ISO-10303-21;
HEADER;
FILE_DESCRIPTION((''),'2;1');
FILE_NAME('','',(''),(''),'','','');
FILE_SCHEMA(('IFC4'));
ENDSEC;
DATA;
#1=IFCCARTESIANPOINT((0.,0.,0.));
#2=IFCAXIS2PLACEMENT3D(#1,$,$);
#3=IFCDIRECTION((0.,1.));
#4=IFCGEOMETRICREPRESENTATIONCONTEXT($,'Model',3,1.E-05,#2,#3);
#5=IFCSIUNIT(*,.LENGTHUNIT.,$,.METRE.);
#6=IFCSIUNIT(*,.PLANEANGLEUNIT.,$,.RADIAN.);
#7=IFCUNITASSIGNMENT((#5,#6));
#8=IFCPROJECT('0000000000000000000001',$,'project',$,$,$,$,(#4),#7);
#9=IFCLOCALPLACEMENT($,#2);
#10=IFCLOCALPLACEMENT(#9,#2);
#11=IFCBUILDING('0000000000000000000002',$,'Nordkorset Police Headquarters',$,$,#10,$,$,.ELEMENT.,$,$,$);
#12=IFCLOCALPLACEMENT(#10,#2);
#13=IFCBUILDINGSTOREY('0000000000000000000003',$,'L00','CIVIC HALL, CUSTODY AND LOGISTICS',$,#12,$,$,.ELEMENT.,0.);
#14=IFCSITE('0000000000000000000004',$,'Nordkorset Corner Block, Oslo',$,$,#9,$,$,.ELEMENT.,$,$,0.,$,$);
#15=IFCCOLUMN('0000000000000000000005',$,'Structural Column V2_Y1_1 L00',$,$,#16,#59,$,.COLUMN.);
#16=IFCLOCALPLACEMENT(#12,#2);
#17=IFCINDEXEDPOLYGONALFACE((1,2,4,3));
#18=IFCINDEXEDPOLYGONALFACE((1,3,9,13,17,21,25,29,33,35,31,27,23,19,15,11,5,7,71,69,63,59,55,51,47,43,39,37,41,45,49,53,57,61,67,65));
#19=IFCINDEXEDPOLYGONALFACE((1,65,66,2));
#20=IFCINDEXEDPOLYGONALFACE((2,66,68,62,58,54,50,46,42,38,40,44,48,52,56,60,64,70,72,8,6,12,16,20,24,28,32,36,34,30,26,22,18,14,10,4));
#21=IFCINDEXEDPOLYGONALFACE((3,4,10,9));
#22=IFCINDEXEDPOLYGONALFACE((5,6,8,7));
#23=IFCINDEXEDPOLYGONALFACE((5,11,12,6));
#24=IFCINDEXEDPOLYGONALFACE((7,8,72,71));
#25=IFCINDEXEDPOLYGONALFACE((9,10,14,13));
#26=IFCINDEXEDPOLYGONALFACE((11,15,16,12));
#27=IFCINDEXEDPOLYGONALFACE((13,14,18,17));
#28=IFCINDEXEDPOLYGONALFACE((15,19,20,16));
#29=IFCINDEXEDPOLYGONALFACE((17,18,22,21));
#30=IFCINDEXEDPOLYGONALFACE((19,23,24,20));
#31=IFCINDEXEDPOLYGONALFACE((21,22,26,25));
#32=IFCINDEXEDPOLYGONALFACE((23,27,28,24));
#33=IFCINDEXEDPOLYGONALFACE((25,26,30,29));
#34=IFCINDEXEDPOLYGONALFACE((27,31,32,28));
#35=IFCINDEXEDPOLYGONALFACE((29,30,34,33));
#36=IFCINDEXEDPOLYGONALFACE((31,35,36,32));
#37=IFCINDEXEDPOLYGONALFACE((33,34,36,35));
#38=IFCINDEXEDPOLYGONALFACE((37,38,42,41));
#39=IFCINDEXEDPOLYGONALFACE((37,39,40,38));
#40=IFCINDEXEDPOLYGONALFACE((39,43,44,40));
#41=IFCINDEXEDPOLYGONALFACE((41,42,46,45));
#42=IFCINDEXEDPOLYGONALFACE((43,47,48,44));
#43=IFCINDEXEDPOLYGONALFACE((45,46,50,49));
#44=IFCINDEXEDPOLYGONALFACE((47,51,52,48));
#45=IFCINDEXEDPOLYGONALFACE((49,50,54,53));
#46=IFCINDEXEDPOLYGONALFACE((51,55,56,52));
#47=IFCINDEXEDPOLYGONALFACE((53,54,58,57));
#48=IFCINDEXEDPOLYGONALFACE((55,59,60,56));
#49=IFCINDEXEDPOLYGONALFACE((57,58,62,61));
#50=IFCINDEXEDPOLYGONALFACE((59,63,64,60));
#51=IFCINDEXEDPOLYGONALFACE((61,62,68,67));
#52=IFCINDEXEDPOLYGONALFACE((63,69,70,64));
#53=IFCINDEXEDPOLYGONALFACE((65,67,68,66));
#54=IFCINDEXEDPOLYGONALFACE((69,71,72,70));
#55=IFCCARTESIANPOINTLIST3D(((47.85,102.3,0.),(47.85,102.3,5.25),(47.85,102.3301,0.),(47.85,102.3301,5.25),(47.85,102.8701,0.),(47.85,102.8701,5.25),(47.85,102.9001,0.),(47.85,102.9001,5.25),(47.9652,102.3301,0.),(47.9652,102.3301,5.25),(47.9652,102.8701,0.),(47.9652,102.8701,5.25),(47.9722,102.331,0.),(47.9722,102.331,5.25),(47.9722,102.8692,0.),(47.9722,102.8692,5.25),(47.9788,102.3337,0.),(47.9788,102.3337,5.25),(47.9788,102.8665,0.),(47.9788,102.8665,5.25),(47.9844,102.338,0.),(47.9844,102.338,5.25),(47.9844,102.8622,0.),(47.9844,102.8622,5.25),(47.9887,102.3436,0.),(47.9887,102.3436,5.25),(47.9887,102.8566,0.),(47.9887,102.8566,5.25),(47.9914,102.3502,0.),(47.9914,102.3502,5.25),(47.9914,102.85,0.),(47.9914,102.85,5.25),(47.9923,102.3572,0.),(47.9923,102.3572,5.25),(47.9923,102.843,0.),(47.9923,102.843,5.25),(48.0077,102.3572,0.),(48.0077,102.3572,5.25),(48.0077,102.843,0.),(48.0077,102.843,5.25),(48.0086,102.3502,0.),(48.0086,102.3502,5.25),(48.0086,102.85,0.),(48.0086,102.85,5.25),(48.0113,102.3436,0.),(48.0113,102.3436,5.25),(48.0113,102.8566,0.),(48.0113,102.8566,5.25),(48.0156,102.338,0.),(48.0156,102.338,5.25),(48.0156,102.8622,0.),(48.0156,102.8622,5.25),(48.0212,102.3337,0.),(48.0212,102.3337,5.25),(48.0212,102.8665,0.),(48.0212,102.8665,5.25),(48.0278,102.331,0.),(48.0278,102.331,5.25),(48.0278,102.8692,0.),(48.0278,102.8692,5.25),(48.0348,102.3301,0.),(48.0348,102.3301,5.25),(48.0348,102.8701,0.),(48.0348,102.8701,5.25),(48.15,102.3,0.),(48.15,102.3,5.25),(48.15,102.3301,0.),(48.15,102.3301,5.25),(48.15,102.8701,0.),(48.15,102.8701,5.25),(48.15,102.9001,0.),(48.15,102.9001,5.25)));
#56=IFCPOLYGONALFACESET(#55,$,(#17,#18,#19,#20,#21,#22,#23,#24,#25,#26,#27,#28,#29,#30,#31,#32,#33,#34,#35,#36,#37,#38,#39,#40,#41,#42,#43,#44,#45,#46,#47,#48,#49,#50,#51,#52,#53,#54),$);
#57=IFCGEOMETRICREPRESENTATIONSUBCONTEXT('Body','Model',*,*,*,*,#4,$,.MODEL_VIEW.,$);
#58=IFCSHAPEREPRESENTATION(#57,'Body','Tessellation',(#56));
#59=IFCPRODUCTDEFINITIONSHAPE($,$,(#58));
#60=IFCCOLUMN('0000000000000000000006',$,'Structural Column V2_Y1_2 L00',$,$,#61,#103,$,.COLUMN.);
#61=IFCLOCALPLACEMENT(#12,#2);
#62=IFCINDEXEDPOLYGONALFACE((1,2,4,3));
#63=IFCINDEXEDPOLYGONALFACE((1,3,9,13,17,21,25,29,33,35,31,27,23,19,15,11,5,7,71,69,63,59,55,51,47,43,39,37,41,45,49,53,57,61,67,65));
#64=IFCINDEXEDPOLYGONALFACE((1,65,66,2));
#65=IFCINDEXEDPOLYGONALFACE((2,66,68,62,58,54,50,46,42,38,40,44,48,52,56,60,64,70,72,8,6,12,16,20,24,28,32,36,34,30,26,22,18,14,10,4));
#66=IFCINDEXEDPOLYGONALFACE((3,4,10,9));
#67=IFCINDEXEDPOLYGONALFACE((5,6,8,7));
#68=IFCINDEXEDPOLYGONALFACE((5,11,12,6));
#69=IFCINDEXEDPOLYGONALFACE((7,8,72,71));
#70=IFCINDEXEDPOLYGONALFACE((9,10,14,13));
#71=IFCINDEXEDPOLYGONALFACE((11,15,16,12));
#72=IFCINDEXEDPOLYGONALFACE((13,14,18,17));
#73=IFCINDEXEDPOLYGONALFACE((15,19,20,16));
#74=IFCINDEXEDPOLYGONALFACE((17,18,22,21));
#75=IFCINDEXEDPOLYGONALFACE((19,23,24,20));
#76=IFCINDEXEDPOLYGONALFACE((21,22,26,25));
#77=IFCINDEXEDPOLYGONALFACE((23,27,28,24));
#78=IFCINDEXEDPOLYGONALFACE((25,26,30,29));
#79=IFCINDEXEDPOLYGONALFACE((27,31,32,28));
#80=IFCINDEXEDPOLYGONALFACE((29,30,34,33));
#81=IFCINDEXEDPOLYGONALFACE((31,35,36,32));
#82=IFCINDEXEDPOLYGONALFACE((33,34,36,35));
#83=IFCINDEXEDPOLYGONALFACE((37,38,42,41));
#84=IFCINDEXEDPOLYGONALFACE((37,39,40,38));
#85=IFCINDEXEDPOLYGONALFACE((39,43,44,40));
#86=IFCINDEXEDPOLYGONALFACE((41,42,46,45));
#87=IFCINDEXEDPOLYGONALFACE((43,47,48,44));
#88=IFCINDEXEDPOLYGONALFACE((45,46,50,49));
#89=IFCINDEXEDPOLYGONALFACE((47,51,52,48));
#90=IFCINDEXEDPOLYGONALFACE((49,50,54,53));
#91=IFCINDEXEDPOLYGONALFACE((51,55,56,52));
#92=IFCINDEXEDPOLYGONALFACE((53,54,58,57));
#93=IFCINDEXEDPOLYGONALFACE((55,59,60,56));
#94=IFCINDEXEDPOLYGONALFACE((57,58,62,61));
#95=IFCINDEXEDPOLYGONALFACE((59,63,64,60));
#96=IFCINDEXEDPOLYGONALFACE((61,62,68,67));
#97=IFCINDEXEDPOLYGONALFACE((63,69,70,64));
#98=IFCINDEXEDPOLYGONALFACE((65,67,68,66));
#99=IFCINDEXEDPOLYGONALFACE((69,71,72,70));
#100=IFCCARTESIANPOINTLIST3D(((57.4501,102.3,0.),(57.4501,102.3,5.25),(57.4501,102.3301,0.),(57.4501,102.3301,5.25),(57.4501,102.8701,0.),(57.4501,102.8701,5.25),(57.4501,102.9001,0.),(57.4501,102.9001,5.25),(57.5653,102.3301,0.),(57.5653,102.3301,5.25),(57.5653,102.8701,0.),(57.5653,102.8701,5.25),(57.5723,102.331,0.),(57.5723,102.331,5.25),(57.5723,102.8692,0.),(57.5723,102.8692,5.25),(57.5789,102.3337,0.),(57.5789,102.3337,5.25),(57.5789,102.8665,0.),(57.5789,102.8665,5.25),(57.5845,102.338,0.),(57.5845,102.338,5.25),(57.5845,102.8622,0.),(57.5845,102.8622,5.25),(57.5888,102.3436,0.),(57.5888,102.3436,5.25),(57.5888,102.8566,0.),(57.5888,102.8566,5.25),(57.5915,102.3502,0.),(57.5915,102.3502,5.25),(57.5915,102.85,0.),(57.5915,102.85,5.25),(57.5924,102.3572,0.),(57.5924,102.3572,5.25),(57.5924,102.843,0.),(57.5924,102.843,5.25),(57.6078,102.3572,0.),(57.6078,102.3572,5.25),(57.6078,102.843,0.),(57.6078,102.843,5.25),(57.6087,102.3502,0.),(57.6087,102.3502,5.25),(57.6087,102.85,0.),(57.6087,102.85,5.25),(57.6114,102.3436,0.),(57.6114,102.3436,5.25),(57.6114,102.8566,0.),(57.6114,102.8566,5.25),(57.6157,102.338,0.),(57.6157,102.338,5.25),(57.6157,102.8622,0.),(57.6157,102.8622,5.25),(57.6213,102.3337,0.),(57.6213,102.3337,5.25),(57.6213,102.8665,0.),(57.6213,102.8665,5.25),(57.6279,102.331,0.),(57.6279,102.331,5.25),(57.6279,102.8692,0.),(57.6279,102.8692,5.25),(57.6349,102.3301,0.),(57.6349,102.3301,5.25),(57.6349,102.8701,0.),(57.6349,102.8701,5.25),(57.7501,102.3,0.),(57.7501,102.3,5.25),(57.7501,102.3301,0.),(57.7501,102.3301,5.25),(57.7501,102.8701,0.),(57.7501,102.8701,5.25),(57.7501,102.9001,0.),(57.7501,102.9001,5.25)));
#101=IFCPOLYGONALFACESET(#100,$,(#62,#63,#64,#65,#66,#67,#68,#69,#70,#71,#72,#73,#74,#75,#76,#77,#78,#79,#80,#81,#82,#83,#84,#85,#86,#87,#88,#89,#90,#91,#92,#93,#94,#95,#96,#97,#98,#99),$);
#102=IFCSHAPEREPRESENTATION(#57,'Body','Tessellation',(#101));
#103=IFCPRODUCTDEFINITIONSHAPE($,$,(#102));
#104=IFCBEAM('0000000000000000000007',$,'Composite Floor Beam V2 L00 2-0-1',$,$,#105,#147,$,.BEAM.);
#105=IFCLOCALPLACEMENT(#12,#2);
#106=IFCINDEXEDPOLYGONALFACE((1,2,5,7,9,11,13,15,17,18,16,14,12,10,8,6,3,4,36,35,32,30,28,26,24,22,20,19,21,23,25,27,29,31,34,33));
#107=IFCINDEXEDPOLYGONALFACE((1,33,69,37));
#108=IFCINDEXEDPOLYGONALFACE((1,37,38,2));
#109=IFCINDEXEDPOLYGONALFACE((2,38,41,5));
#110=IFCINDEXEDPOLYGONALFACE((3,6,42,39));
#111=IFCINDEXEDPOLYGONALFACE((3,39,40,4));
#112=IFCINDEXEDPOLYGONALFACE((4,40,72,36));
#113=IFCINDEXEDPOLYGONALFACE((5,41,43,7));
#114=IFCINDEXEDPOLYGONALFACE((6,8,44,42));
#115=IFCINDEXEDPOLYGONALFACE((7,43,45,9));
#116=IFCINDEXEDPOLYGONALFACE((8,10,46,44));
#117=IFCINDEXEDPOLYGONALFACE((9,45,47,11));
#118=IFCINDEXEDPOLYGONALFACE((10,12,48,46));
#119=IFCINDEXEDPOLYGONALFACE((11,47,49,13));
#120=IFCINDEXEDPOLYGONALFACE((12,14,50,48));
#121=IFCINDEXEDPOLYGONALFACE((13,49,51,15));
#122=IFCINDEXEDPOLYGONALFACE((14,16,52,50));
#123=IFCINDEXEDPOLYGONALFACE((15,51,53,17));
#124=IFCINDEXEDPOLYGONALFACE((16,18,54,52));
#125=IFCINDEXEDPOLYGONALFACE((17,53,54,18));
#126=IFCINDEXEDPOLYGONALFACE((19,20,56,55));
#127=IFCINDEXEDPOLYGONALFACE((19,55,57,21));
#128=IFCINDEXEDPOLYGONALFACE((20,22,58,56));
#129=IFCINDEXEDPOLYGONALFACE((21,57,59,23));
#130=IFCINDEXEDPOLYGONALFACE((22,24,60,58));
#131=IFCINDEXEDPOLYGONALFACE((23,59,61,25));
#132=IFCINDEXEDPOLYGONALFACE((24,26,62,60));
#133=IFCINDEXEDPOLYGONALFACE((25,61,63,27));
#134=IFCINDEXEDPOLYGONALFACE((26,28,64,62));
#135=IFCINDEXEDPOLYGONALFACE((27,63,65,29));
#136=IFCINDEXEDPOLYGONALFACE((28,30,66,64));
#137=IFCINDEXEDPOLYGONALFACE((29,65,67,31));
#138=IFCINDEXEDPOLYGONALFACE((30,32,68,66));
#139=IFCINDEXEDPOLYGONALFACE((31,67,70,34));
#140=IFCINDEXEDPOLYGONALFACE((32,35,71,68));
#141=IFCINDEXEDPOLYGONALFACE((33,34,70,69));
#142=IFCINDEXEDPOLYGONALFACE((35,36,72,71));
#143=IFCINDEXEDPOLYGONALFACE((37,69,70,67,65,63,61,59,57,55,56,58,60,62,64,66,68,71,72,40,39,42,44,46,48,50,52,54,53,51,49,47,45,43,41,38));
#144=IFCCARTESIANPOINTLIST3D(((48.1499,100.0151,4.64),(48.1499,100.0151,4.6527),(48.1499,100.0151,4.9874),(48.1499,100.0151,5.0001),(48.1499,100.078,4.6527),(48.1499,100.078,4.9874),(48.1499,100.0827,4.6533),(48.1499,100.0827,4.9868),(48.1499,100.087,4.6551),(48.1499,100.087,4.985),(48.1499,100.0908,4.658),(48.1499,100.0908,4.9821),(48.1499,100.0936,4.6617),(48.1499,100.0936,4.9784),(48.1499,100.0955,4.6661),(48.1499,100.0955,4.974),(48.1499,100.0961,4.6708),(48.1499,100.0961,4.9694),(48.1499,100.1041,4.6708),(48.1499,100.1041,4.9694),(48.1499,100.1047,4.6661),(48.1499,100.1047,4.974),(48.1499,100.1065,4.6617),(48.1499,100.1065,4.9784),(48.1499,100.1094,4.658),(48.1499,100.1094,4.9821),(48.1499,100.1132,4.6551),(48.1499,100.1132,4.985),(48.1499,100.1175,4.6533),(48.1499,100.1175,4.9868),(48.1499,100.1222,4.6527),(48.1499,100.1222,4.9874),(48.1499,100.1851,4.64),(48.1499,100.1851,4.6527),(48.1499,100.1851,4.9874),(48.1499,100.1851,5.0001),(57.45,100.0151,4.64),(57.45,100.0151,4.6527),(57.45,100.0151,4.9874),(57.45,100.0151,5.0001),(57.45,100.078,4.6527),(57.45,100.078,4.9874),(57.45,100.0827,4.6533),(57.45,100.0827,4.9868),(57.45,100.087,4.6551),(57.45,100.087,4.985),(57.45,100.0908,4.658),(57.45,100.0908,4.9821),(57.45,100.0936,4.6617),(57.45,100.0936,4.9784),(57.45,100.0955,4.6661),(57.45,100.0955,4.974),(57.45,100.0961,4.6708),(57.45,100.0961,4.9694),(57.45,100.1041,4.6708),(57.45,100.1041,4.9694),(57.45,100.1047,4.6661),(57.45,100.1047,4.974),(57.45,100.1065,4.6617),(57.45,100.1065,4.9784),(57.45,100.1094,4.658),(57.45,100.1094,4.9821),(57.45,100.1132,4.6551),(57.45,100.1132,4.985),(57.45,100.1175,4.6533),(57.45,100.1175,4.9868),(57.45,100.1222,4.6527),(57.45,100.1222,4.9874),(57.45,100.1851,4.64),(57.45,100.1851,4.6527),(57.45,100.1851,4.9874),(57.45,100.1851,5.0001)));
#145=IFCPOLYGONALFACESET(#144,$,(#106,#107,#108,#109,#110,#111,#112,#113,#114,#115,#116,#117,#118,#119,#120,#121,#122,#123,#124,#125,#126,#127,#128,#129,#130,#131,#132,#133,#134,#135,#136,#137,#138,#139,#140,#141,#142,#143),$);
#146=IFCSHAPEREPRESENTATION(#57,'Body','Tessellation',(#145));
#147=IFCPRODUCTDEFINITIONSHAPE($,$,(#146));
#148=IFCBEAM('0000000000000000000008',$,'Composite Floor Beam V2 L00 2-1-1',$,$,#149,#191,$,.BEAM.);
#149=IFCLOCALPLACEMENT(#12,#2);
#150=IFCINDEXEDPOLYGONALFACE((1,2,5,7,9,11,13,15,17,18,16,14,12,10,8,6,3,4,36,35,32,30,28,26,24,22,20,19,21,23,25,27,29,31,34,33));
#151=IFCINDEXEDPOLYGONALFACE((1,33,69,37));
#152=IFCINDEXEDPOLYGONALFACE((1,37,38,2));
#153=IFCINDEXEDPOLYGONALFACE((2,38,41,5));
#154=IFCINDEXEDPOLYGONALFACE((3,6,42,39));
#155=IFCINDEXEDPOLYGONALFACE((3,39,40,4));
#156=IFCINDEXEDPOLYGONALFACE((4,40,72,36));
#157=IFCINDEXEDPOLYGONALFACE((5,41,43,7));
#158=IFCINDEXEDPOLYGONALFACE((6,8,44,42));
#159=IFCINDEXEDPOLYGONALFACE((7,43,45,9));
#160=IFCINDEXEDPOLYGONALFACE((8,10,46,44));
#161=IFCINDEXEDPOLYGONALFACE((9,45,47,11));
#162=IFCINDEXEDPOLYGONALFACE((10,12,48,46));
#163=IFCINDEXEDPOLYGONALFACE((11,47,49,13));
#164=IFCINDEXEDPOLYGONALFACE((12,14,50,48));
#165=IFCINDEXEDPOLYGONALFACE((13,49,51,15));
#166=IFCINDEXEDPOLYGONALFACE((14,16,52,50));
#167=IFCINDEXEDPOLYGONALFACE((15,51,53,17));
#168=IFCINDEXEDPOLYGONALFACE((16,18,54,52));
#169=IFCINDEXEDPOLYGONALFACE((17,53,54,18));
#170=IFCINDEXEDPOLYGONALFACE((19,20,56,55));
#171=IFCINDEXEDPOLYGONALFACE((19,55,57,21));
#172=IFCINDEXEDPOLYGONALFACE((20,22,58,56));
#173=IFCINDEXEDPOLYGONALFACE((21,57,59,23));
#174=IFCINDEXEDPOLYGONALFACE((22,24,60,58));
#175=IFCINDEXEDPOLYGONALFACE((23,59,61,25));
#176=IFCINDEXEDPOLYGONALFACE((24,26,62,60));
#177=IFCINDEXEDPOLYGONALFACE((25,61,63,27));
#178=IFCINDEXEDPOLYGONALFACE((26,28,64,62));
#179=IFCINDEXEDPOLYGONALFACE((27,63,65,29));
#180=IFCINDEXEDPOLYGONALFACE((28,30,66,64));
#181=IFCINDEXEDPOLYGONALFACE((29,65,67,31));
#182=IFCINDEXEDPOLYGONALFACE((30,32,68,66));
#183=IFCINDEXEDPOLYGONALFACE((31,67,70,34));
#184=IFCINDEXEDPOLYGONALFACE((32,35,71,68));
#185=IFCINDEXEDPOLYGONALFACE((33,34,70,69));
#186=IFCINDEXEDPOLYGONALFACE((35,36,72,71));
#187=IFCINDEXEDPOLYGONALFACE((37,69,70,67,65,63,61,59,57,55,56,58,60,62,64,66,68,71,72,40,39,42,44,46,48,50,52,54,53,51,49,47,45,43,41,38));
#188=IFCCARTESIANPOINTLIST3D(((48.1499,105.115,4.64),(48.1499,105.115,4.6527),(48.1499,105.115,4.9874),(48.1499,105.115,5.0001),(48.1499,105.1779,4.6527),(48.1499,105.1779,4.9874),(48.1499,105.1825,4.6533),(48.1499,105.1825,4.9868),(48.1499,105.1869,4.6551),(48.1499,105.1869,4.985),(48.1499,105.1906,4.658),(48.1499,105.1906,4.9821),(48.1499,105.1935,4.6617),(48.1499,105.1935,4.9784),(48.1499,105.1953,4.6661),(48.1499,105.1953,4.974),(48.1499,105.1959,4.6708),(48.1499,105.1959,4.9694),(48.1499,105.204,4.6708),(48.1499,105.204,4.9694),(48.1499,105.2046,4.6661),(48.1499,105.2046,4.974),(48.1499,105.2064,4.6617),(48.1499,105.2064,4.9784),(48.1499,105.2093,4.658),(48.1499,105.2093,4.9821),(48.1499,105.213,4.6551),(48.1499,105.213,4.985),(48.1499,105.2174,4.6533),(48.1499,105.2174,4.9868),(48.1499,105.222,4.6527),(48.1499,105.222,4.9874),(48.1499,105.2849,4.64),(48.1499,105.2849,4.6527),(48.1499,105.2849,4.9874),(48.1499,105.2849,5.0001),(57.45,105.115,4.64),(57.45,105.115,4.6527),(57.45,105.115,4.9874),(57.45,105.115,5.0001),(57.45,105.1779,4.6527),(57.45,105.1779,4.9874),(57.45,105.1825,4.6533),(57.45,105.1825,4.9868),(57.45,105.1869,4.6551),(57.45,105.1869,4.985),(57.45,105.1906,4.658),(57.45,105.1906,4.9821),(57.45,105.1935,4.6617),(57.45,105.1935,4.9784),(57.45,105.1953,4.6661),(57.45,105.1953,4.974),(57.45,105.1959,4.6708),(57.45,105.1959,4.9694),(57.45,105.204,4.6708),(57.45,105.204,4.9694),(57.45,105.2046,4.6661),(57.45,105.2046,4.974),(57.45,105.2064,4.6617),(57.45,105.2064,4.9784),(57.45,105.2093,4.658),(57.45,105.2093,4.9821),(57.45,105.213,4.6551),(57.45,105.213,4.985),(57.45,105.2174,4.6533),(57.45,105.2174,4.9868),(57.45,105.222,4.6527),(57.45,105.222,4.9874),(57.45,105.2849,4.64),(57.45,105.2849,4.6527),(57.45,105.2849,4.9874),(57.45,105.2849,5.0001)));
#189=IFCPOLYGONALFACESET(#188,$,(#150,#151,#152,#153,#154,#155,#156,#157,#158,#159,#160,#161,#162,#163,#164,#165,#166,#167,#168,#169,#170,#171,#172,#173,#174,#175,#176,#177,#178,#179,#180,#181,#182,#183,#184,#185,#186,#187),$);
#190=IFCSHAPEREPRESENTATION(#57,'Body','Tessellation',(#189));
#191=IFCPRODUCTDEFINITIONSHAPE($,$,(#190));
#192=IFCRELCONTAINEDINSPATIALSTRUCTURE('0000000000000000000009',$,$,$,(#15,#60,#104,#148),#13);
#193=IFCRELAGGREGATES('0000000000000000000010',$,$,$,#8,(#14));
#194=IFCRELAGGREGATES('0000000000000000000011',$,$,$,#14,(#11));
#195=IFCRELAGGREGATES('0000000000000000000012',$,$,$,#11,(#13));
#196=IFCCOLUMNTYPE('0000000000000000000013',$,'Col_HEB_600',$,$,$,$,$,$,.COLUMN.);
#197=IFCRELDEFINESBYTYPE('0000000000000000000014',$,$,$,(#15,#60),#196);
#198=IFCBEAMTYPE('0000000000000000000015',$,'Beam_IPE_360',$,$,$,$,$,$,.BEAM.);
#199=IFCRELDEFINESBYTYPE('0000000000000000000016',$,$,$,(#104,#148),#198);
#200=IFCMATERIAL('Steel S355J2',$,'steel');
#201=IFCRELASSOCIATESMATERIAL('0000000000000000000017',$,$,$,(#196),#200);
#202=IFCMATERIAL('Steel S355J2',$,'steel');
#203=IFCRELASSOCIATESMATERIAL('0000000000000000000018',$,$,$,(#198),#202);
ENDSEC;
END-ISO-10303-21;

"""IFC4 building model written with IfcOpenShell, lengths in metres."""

from ifc_helpers import new_model, si_unit, direction, frame, origin, origin_2d, place, context, subcontext, project, spatial, i_section, extrude, material, material_profile, profile_set, type_object, element, save


model = new_model("IFC4")

# Units and contexts
model_context = context("Model", 3, precision=1e-05, world=origin(), true_north=direction((0.0, 1.0)))
body_context = subcontext(model_context, "Body", "Model", "MODEL_VIEW")
ifc_project = project(units=[si_unit("LENGTHUNIT", "METRE"), si_unit("PLANEANGLEUNIT", "RADIAN")], contexts=[model_context])

# Site, building, storey
site_placement = place(None, origin())
site = spatial("IfcSite", under=ifc_project, at=site_placement, Name="Nordkorset Corner Block, Oslo", CompositionType="ELEMENT", RefElevation=0.0)
building_placement = place(site_placement, origin())
building = spatial("IfcBuilding", under=site, at=building_placement, Name="Nordkorset Police Headquarters", CompositionType="ELEMENT")
storey_placement = place(building_placement, origin())
storey = spatial("IfcBuildingStorey", under=building, at=storey_placement, Name="L00", Description="CIVIC HALL, CUSTODY AND LOGISTICS", CompositionType="ELEMENT", Elevation=0.0)

# Columns
ifc_material_1 = material(Name="Steel S355J2", Category="steel")
ifc_material_profile_1 = material_profile(ifc_material_1, i_section(OverallWidth=0.3, OverallDepth=0.6001, WebThickness=0.0154, FlangeThickness=0.03, FilletRadius=0.0271, at=origin_2d()), Name="HEB 600")
ifc_profile_set_1 = profile_set([ifc_material_profile_1], Name="Steel S355J2")
column_type = type_object("IfcColumnType", Name="Col_HEB_600", PredefinedType="COLUMN", material=ifc_profile_set_1)
for number, where, z_axis, x_axis, name in (
    (1, (48.0, 102.6001, 0.0), (0.0, 0.0, 1.0), (1.0, 0.0, 0.0), "Structural Column V2_Y1_1 L00"),
    (2, (57.6001, 102.6001, 0.0), (0.0, 0.0, 1.0), (1.0, 0.0, 0.0), "Structural Column V2_Y1_2 L00"),
):
    element("IfcColumn", number, at=place(storey_placement, frame(where, z_axis=z_axis, x_axis=x_axis)), inside=storey, type_object=column_type, Name=name, PredefinedType="COLUMN", context=body_context, shape_type="SweptSolid", body=[
        extrude(i_section(OverallWidth=0.3, OverallDepth=0.6001, WebThickness=0.0154, FlangeThickness=0.03, FilletRadius=0.0271, at=origin_2d()), origin(), (0.0, 0.0, 1.0), 5.25),
    ])

# Beams
ifc_material_2 = material(Name="Steel S355J2", Category="steel")
ifc_material_profile_2 = material_profile(ifc_material_2, i_section(OverallWidth=0.1699, OverallDepth=0.3601, WebThickness=0.0081, FlangeThickness=0.0127, FilletRadius=0.0181, at=origin_2d()), Name="IPE 360")
ifc_profile_set_2 = profile_set([ifc_material_profile_2], Name="Steel S355J2")
beam_type_1 = type_object("IfcBeamType", Name="Beam_IPE_360", PredefinedType="BEAM", material=ifc_profile_set_2)
for number, where, z_axis, x_axis, name in (
    (3, (48.1499, 100.1001, 4.8201), (1.0, 0.0, 0.0), (0.0, 1.0, 0.0), "Composite Floor Beam V2 L00 2-0-1"),
    (4, (48.1499, 105.2, 4.8201), (1.0, 0.0, 0.0), (0.0, 1.0, 0.0), "Composite Floor Beam V2 L00 2-1-1"),
):
    element("IfcBeam", number, at=place(storey_placement, frame(where, z_axis=z_axis, x_axis=x_axis)), inside=storey, type_object=beam_type_1, Name=name, PredefinedType="BEAM", context=body_context, shape_type="SweptSolid", body=[
        extrude(i_section(OverallWidth=0.1699, OverallDepth=0.3601, WebThickness=0.0081, FlangeThickness=0.0127, FilletRadius=0.0181, at=origin_2d()), origin(), (0.0, 0.0, 1.0), 9.3),
    ])

save(model, "model.ifc")
